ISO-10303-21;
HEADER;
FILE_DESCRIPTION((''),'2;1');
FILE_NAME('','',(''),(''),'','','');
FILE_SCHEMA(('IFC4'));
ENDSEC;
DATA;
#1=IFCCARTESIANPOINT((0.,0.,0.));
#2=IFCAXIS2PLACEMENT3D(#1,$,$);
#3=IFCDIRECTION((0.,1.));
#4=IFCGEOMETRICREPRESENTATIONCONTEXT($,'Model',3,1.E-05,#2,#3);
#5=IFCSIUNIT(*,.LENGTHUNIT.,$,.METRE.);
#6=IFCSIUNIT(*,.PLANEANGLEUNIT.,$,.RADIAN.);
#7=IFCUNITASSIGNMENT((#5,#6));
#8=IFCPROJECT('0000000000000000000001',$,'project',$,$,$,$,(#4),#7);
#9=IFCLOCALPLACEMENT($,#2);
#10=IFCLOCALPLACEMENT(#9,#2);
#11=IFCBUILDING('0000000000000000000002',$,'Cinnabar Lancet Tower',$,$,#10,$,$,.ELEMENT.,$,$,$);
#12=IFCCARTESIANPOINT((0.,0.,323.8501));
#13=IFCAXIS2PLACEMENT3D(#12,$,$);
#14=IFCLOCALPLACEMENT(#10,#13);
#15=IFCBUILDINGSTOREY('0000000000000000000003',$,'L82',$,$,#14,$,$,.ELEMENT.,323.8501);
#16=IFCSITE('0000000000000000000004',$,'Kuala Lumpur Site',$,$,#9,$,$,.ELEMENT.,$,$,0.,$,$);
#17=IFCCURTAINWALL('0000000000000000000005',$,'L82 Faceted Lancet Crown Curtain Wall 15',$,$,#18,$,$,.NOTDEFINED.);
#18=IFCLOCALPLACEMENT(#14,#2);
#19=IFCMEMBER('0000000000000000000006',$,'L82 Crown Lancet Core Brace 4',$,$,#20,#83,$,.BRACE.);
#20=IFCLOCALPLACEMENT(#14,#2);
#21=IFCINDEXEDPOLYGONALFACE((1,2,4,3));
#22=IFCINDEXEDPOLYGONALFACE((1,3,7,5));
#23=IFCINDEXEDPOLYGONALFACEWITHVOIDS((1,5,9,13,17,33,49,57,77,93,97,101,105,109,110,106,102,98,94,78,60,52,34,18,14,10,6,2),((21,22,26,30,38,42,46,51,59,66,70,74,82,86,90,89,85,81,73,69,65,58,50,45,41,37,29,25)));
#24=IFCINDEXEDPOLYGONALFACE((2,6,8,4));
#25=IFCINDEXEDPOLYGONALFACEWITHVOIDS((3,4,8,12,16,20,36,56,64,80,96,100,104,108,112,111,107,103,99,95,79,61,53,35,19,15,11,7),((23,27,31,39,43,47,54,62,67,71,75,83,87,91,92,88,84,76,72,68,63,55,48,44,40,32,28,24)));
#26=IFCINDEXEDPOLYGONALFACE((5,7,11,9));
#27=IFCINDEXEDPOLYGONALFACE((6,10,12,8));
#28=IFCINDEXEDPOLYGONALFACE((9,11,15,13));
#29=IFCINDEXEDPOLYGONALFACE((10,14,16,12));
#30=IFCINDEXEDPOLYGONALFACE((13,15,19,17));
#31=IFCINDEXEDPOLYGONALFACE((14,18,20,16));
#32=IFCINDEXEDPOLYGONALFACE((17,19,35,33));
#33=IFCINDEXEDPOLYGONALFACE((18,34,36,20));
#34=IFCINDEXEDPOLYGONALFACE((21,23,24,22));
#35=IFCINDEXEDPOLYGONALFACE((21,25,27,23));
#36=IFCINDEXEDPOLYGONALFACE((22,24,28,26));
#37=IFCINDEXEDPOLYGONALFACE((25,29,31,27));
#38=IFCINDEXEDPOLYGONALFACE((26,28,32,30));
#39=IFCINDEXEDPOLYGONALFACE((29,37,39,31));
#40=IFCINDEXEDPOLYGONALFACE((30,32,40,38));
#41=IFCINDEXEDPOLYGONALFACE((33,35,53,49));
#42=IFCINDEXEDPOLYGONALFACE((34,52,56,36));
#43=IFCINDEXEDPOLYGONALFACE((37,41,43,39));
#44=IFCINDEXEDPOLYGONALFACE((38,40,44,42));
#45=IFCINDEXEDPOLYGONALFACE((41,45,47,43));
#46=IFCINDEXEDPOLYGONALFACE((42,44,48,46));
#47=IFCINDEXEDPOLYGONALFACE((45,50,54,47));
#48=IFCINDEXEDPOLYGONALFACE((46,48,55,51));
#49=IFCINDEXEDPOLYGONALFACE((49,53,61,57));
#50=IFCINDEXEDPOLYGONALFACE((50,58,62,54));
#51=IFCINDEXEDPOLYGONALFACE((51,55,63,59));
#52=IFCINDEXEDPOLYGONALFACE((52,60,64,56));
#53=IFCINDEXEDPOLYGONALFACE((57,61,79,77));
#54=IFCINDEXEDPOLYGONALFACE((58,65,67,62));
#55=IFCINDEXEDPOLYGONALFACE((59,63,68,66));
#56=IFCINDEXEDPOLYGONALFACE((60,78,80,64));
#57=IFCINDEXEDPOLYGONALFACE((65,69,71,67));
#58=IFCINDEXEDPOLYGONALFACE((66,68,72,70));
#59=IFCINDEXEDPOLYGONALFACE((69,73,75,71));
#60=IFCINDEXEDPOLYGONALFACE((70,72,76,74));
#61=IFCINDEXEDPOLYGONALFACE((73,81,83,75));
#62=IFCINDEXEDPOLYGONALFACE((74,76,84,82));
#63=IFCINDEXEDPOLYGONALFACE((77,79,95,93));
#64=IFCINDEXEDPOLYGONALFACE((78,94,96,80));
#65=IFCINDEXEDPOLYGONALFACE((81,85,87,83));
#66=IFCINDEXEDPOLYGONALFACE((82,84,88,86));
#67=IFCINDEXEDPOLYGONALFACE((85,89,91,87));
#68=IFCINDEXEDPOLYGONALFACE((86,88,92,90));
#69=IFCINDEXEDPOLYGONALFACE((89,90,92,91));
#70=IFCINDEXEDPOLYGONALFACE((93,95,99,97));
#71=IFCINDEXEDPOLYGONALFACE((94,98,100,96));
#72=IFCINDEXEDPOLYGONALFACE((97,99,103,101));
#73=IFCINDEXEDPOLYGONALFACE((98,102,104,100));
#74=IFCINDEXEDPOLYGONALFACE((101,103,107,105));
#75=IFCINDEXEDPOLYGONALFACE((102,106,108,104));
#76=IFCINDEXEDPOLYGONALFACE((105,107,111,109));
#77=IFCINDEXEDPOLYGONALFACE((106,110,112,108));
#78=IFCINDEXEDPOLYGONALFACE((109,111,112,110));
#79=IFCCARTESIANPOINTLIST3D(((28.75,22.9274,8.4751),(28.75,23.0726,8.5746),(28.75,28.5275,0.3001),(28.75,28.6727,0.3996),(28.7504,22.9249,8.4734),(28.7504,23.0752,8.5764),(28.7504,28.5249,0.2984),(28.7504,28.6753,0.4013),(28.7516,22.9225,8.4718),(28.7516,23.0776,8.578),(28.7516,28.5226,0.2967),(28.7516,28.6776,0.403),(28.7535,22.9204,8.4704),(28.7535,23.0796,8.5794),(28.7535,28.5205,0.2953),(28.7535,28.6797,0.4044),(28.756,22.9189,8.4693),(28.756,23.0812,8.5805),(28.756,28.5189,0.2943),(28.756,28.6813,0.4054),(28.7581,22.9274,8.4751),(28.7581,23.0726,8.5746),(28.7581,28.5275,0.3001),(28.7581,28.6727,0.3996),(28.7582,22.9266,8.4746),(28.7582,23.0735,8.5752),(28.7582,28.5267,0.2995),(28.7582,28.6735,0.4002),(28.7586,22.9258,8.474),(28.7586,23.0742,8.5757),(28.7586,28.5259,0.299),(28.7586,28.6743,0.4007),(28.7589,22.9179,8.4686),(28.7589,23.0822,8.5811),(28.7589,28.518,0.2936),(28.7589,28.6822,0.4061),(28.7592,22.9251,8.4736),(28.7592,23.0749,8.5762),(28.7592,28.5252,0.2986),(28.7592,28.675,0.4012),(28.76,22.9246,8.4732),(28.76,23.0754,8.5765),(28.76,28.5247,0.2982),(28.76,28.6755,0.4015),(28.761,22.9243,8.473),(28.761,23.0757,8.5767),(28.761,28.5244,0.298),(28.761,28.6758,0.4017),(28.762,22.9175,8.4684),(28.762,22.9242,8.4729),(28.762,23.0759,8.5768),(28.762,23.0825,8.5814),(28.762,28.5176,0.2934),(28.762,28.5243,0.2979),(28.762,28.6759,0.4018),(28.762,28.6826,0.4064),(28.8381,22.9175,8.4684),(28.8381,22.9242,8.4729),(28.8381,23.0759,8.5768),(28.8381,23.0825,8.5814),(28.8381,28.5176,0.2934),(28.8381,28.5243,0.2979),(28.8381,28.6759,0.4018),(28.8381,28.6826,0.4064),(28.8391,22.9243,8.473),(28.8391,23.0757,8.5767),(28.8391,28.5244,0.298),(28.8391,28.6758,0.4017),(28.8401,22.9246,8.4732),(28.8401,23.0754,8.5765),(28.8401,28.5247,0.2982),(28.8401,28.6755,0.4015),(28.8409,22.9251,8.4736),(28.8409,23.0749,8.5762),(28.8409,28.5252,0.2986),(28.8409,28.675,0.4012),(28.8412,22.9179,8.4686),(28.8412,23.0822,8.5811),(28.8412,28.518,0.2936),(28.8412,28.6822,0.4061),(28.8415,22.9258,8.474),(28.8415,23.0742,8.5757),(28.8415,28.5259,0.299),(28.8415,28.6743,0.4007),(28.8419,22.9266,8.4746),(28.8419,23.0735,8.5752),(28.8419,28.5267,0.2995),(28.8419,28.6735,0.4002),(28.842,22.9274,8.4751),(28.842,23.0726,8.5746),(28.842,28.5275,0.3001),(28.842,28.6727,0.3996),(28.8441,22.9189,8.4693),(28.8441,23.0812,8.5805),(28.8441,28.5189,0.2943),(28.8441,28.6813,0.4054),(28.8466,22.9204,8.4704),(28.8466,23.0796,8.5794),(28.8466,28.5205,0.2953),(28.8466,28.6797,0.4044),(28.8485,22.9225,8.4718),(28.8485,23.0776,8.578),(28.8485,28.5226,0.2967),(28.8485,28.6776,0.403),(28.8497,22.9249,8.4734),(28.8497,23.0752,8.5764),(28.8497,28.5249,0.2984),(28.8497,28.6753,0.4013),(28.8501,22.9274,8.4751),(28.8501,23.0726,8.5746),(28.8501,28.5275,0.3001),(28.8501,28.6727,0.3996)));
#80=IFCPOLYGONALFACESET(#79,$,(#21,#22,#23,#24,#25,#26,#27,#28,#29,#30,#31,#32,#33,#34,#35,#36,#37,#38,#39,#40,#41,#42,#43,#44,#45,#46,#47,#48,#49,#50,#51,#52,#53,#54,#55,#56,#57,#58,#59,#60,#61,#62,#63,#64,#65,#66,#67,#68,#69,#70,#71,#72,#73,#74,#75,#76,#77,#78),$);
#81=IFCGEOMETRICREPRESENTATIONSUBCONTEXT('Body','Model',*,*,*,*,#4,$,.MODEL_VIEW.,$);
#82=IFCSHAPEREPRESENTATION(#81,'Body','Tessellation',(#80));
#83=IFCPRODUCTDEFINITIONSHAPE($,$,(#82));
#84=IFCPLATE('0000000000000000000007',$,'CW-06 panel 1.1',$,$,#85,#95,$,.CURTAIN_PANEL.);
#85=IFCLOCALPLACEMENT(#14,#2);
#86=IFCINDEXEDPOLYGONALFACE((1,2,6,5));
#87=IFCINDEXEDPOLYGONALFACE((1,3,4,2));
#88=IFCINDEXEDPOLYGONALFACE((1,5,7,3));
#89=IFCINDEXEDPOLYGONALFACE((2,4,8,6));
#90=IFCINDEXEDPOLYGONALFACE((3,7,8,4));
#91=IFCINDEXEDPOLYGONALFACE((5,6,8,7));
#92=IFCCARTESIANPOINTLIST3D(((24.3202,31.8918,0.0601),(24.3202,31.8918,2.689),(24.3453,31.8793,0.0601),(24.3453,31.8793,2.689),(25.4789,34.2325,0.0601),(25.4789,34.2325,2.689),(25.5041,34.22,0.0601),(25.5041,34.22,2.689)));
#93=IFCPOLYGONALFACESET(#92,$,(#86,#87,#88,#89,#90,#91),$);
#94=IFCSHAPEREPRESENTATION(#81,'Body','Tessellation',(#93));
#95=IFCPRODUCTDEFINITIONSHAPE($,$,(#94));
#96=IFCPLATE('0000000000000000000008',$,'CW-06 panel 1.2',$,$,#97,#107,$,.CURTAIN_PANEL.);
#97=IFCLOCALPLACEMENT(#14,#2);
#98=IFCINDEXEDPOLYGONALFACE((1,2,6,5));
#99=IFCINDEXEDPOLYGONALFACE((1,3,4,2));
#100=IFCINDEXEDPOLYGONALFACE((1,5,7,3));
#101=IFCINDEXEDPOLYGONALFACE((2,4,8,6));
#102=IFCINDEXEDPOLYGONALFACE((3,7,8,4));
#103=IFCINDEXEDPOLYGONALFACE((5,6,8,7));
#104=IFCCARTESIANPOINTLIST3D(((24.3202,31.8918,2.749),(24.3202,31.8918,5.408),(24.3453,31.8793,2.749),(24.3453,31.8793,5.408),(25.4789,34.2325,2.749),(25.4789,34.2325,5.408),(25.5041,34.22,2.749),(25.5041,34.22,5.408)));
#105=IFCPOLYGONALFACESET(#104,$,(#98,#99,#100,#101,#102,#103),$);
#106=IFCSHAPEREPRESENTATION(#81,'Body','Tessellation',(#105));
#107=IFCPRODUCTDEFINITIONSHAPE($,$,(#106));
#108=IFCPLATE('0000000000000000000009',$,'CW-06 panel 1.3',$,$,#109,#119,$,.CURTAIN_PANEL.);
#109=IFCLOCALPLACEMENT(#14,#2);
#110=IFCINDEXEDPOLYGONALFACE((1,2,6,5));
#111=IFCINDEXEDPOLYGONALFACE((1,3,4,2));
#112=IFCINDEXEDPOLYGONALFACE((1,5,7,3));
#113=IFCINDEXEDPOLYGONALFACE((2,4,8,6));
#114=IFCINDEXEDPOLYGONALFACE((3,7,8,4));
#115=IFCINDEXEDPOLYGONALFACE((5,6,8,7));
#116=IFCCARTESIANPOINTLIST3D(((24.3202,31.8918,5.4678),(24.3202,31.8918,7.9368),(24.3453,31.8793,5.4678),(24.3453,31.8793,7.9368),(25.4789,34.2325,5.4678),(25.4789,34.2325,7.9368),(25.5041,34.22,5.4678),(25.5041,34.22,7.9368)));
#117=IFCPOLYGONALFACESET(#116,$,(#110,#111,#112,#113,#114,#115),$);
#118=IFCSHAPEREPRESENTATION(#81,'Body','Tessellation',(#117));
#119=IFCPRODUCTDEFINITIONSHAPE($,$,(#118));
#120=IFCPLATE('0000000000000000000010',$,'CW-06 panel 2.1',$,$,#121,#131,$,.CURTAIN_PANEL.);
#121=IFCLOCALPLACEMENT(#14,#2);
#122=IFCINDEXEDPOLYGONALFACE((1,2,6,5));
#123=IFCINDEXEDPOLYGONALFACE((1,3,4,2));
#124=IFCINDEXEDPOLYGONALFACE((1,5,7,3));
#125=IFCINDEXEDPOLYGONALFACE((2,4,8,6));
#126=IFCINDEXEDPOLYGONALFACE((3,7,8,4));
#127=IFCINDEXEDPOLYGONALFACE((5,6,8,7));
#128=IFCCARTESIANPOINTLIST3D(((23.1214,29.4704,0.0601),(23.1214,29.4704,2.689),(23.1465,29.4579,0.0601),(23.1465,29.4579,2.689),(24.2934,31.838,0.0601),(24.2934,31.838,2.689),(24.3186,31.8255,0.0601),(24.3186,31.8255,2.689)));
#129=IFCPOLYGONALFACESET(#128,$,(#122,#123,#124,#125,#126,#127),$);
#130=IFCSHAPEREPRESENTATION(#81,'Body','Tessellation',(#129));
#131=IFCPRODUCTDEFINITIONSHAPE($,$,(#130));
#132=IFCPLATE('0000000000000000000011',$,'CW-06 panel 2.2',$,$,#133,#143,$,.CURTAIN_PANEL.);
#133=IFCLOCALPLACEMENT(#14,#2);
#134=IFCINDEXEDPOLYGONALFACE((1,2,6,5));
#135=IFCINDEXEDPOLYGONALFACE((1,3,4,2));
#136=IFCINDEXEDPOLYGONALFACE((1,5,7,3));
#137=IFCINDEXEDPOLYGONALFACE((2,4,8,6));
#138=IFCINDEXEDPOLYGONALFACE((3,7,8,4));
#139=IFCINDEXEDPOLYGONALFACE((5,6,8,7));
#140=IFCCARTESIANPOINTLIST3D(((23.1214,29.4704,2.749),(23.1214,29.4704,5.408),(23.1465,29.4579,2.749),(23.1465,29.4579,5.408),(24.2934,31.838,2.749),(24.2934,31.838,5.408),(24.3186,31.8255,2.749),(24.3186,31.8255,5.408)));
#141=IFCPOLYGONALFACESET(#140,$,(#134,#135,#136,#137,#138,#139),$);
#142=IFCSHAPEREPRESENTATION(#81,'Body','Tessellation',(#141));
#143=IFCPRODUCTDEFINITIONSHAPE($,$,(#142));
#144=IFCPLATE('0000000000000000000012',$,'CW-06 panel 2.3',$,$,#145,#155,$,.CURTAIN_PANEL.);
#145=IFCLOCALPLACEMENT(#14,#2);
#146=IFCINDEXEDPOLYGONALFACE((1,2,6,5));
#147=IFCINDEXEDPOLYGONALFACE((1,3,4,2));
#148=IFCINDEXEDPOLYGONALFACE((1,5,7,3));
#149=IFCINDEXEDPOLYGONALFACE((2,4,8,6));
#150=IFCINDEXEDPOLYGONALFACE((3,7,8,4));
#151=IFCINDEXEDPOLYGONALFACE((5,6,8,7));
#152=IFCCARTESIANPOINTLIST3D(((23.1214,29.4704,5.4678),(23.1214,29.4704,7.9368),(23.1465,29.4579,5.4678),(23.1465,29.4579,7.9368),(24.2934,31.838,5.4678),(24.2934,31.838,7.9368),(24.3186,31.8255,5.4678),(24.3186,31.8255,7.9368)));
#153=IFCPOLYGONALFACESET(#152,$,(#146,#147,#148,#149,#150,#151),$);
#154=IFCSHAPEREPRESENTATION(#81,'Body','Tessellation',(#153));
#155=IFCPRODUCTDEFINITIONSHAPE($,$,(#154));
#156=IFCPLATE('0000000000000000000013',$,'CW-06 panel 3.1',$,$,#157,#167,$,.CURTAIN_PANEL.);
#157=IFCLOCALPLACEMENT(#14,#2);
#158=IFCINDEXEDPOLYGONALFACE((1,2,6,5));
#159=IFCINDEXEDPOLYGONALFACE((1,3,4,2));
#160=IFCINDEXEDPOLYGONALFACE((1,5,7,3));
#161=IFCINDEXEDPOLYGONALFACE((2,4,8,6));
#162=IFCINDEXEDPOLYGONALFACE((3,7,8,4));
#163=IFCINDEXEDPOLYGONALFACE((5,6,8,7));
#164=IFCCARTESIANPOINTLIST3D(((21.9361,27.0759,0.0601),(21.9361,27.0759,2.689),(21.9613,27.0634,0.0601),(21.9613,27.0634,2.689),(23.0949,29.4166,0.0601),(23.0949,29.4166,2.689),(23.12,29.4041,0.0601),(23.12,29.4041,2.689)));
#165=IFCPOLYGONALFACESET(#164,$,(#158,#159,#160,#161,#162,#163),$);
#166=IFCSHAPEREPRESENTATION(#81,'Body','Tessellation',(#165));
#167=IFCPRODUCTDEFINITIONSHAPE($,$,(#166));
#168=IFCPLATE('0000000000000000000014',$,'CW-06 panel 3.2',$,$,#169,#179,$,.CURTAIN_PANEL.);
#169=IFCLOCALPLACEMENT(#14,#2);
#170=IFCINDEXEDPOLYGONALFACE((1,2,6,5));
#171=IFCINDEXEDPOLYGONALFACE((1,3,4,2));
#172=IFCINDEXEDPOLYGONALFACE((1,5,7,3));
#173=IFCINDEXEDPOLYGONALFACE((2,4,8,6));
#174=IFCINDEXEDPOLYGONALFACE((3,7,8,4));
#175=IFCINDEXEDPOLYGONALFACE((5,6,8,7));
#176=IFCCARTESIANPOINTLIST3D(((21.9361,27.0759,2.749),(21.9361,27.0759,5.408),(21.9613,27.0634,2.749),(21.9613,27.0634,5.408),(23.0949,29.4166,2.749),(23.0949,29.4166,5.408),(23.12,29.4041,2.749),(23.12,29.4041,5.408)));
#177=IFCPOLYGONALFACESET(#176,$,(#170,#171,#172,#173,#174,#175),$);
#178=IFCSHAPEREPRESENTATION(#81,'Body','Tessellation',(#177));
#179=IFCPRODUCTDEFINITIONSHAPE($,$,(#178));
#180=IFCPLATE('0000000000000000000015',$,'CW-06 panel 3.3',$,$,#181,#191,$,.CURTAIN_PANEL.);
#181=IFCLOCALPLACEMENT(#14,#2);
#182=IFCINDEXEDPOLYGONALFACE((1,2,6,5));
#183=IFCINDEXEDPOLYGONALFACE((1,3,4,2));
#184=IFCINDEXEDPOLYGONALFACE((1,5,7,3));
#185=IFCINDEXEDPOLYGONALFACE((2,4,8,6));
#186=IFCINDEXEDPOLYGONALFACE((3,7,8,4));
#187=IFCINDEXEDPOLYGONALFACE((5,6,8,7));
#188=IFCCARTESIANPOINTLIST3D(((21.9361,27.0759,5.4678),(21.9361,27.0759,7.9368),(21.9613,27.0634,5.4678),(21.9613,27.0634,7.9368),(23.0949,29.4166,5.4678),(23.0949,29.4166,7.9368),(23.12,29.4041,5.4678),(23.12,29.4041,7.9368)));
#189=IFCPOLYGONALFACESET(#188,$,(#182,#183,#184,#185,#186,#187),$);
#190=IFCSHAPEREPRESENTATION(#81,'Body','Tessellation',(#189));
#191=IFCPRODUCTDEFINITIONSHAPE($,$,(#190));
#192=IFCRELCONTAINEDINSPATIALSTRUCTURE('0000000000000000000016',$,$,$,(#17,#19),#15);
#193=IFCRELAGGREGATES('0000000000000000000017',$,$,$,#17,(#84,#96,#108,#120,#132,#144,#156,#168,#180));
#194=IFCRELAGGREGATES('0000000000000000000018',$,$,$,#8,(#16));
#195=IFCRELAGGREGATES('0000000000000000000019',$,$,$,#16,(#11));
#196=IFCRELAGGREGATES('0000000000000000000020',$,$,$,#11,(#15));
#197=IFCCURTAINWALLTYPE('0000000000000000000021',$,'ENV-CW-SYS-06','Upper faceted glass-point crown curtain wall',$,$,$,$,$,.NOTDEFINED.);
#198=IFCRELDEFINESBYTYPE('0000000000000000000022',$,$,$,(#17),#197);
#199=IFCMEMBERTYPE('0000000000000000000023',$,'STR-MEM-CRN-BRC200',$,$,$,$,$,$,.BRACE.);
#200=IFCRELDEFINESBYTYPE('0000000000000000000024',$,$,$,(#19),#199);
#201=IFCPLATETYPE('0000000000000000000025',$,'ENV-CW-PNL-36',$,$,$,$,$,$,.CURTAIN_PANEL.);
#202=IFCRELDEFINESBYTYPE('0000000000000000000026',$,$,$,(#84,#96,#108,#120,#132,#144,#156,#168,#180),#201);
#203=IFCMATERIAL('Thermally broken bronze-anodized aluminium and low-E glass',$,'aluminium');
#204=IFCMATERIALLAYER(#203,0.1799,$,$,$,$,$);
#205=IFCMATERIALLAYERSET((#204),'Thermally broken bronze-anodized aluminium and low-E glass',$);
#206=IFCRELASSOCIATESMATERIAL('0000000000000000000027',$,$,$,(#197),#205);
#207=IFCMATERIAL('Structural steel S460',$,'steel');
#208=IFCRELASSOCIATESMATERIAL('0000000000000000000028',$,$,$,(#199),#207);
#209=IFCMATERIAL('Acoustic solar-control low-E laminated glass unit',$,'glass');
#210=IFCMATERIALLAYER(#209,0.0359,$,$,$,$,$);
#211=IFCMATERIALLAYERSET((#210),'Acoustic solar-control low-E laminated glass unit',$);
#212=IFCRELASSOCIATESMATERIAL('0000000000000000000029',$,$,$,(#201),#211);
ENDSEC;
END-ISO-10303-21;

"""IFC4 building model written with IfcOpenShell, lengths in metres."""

from ifc_helpers import new_model, si_unit, direction, frame, origin, origin_2d, place, context, subcontext, project, spatial, rectangle, hollow_rectangle, extrude, material, layer, layer_set, material_profile, profile_set, type_object, element, aggregate, save


model = new_model("IFC4")

# Units and contexts
model_context = context("Model", 3, precision=1e-05, world=origin(), true_north=direction((0.0, 1.0)))
body_context = subcontext(model_context, "Body", "Model", "MODEL_VIEW")
ifc_project = project(units=[si_unit("LENGTHUNIT", "METRE"), si_unit("PLANEANGLEUNIT", "RADIAN")], contexts=[model_context])

# Site, building, storey
site_placement = place(None, origin())
site = spatial("IfcSite", under=ifc_project, at=site_placement, Name="Kuala Lumpur Site", CompositionType="ELEMENT", RefElevation=0.0)
building_placement = place(site_placement, origin())
building = spatial("IfcBuilding", under=site, at=building_placement, Name="Cinnabar Lancet Tower", CompositionType="ELEMENT")
storey_placement = place(building_placement, frame((0.0, 0.0, 323.8501)))
storey = spatial("IfcBuildingStorey", under=building, at=storey_placement, Name="L82", CompositionType="ELEMENT", Elevation=323.8501)

# Curtain wall
ifc_material_1 = material(Name="Thermally broken bronze-anodized aluminium and low-E glass", Category="aluminium")
ifc_layer_1 = layer(ifc_material_1, 0.1799)
ifc_layer_set_1 = layer_set([ifc_layer_1], Name="Thermally broken bronze-anodized aluminium and low-E glass")
curtain_wall_type = type_object("IfcCurtainWallType", Name="ENV-CW-SYS-06", Description="Upper faceted glass-point crown curtain wall", PredefinedType="NOTDEFINED", material=ifc_layer_set_1)
curtain_wall_placement = place(storey_placement, origin())
curtain_wall = element("IfcCurtainWall", 1, at=curtain_wall_placement, inside=storey, type_object=curtain_wall_type, Name="L82 Faceted Lancet Crown Curtain Wall 15", PredefinedType="NOTDEFINED")

# Member
ifc_material_2 = material(Name="Structural steel S460", Category="steel")
ifc_material_profile_1 = material_profile(ifc_material_2, hollow_rectangle(XDim=0.1001, YDim=0.2, WallThickness=0.0081, InnerFilletRadius=0.0039, OuterFilletRadius=0.012, at=origin_2d()), Name="RHS 200x100x8")
ifc_profile_set_1 = profile_set([ifc_material_profile_1], Name="Structural steel S460")
member_type_1 = type_object("IfcMemberType", Name="STR-MEM-CRN-BRC200", PredefinedType="BRACE", material=ifc_profile_set_1)
member_1_placement = place(storey_placement, frame((28.8, 28.6001, 0.3499), z_axis=(0.0, -0.56514, 0.824995), x_axis=(1.0, 0.0, 0.0)))
element("IfcMember", 2, at=member_1_placement, inside=storey, type_object=member_type_1, Name="L82 Crown Lancet Core Brace 4", PredefinedType="BRACE", context=body_context, shape_type="SweptSolid", body=[
    extrude(hollow_rectangle(XDim=0.1001, YDim=0.2, WallThickness=0.0081, InnerFilletRadius=0.0039, OuterFilletRadius=0.012, at=origin_2d()), origin(), (0.0, 0.0, 1.0), 9.9092),
])

# Plates
ifc_material_3 = material(Name="Acoustic solar-control low-E laminated glass unit", Category="glass")
ifc_layer_2 = layer(ifc_material_3, 0.0359)
ifc_layer_set_2 = layer_set([ifc_layer_2], Name="Acoustic solar-control low-E laminated glass unit")
plate_type_1 = type_object("IfcPlateType", Name="ENV-CW-PNL-36", PredefinedType="CURTAIN_PANEL", material=ifc_layer_set_2)
plate_1_placement = place(storey_placement, frame((24.9121, 33.0559, 0.0601), z_axis=(0.0, 0.0, 1.0), x_axis=(-0.443657, -0.896197, 0.0)))
plate_1 = element("IfcPlate", 3, at=plate_1_placement, type_object=plate_type_1, Name="CW-06 panel 1.1", PredefinedType="CURTAIN_PANEL", context=body_context, shape_type="SweptSolid", body=[
    extrude(rectangle(XDim=2.6118, YDim=0.0281, at=origin_2d()), origin(), (0.0, 0.0, 1.0), 2.6289),
])
plate_2_placement = place(storey_placement, frame((24.9121, 33.0559, 2.749), z_axis=(0.0, 0.0, 1.0), x_axis=(-0.443657, -0.896197, 0.0)))
plate_2 = element("IfcPlate", 4, at=plate_2_placement, type_object=plate_type_1, Name="CW-06 panel 1.2", PredefinedType="CURTAIN_PANEL", context=body_context, shape_type="SweptSolid", body=[
    extrude(rectangle(XDim=2.6118, YDim=0.0281, at=origin_2d()), origin(), (0.0, 0.0, 1.0), 2.6589),
])
plate_3_placement = place(storey_placement, frame((24.9121, 33.0559, 5.4678), z_axis=(0.0, 0.0, 1.0), x_axis=(-0.443657, -0.896197, 0.0)))
plate_3 = element("IfcPlate", 5, at=plate_3_placement, type_object=plate_type_1, Name="CW-06 panel 1.3", PredefinedType="CURTAIN_PANEL", context=body_context, shape_type="SweptSolid", body=[
    extrude(rectangle(XDim=2.6118, YDim=0.0281, at=origin_2d()), origin(), (0.0, 0.0, 1.0), 2.469),
])
plate_4_placement = place(storey_placement, frame((23.72, 30.6479, 0.0601), z_axis=(0.0, 0.0, 1.0), x_axis=(-0.443657, -0.896197, 0.0)))
plate_4 = element("IfcPlate", 6, at=plate_4_placement, type_object=plate_type_1, Name="CW-06 panel 2.1", PredefinedType="CURTAIN_PANEL", context=body_context, shape_type="SweptSolid", body=[
    extrude(rectangle(XDim=2.6418, YDim=0.0281, at=origin_2d()), origin(), (0.0, 0.0, 1.0), 2.6289),
])
plate_5_placement = place(storey_placement, frame((23.72, 30.6479, 2.749), z_axis=(0.0, 0.0, 1.0), x_axis=(-0.443657, -0.896197, 0.0)))
plate_5 = element("IfcPlate", 7, at=plate_5_placement, type_object=plate_type_1, Name="CW-06 panel 2.2", PredefinedType="CURTAIN_PANEL", context=body_context, shape_type="SweptSolid", body=[
    extrude(rectangle(XDim=2.6418, YDim=0.0281, at=origin_2d()), origin(), (0.0, 0.0, 1.0), 2.6589),
])
plate_6_placement = place(storey_placement, frame((23.72, 30.6479, 5.4678), z_axis=(0.0, 0.0, 1.0), x_axis=(-0.443657, -0.896197, 0.0)))
plate_6 = element("IfcPlate", 8, at=plate_6_placement, type_object=plate_type_1, Name="CW-06 panel 2.3", PredefinedType="CURTAIN_PANEL", context=body_context, shape_type="SweptSolid", body=[
    extrude(rectangle(XDim=2.6418, YDim=0.0281, at=origin_2d()), origin(), (0.0, 0.0, 1.0), 2.469),
])
plate_7_placement = place(storey_placement, frame((22.5281, 28.24, 0.0601), z_axis=(0.0, 0.0, 1.0), x_axis=(-0.443657, -0.896197, 0.0)))
plate_7 = element("IfcPlate", 9, at=plate_7_placement, type_object=plate_type_1, Name="CW-06 panel 3.1", PredefinedType="CURTAIN_PANEL", context=body_context, shape_type="SweptSolid", body=[
    extrude(rectangle(XDim=2.6118, YDim=0.0281, at=origin_2d()), origin(), (0.0, 0.0, 1.0), 2.6289),
])
plate_8_placement = place(storey_placement, frame((22.5281, 28.24, 2.749), z_axis=(0.0, 0.0, 1.0), x_axis=(-0.443657, -0.896197, 0.0)))
plate_8 = element("IfcPlate", 10, at=plate_8_placement, type_object=plate_type_1, Name="CW-06 panel 3.2", PredefinedType="CURTAIN_PANEL", context=body_context, shape_type="SweptSolid", body=[
    extrude(rectangle(XDim=2.6118, YDim=0.0281, at=origin_2d()), origin(), (0.0, 0.0, 1.0), 2.6589),
])
plate_9_placement = place(storey_placement, frame((22.5281, 28.24, 5.4678), z_axis=(0.0, 0.0, 1.0), x_axis=(-0.443657, -0.896197, 0.0)))
plate_9 = element("IfcPlate", 11, at=plate_9_placement, type_object=plate_type_1, Name="CW-06 panel 3.3", PredefinedType="CURTAIN_PANEL", context=body_context, shape_type="SweptSolid", body=[
    extrude(rectangle(XDim=2.6118, YDim=0.0281, at=origin_2d()), origin(), (0.0, 0.0, 1.0), 2.469),
])
aggregate(curtain_wall, [plate_1, plate_2, plate_3, plate_4, plate_5, plate_6, plate_7, plate_8, plate_9])

save(model, "model.ifc")
